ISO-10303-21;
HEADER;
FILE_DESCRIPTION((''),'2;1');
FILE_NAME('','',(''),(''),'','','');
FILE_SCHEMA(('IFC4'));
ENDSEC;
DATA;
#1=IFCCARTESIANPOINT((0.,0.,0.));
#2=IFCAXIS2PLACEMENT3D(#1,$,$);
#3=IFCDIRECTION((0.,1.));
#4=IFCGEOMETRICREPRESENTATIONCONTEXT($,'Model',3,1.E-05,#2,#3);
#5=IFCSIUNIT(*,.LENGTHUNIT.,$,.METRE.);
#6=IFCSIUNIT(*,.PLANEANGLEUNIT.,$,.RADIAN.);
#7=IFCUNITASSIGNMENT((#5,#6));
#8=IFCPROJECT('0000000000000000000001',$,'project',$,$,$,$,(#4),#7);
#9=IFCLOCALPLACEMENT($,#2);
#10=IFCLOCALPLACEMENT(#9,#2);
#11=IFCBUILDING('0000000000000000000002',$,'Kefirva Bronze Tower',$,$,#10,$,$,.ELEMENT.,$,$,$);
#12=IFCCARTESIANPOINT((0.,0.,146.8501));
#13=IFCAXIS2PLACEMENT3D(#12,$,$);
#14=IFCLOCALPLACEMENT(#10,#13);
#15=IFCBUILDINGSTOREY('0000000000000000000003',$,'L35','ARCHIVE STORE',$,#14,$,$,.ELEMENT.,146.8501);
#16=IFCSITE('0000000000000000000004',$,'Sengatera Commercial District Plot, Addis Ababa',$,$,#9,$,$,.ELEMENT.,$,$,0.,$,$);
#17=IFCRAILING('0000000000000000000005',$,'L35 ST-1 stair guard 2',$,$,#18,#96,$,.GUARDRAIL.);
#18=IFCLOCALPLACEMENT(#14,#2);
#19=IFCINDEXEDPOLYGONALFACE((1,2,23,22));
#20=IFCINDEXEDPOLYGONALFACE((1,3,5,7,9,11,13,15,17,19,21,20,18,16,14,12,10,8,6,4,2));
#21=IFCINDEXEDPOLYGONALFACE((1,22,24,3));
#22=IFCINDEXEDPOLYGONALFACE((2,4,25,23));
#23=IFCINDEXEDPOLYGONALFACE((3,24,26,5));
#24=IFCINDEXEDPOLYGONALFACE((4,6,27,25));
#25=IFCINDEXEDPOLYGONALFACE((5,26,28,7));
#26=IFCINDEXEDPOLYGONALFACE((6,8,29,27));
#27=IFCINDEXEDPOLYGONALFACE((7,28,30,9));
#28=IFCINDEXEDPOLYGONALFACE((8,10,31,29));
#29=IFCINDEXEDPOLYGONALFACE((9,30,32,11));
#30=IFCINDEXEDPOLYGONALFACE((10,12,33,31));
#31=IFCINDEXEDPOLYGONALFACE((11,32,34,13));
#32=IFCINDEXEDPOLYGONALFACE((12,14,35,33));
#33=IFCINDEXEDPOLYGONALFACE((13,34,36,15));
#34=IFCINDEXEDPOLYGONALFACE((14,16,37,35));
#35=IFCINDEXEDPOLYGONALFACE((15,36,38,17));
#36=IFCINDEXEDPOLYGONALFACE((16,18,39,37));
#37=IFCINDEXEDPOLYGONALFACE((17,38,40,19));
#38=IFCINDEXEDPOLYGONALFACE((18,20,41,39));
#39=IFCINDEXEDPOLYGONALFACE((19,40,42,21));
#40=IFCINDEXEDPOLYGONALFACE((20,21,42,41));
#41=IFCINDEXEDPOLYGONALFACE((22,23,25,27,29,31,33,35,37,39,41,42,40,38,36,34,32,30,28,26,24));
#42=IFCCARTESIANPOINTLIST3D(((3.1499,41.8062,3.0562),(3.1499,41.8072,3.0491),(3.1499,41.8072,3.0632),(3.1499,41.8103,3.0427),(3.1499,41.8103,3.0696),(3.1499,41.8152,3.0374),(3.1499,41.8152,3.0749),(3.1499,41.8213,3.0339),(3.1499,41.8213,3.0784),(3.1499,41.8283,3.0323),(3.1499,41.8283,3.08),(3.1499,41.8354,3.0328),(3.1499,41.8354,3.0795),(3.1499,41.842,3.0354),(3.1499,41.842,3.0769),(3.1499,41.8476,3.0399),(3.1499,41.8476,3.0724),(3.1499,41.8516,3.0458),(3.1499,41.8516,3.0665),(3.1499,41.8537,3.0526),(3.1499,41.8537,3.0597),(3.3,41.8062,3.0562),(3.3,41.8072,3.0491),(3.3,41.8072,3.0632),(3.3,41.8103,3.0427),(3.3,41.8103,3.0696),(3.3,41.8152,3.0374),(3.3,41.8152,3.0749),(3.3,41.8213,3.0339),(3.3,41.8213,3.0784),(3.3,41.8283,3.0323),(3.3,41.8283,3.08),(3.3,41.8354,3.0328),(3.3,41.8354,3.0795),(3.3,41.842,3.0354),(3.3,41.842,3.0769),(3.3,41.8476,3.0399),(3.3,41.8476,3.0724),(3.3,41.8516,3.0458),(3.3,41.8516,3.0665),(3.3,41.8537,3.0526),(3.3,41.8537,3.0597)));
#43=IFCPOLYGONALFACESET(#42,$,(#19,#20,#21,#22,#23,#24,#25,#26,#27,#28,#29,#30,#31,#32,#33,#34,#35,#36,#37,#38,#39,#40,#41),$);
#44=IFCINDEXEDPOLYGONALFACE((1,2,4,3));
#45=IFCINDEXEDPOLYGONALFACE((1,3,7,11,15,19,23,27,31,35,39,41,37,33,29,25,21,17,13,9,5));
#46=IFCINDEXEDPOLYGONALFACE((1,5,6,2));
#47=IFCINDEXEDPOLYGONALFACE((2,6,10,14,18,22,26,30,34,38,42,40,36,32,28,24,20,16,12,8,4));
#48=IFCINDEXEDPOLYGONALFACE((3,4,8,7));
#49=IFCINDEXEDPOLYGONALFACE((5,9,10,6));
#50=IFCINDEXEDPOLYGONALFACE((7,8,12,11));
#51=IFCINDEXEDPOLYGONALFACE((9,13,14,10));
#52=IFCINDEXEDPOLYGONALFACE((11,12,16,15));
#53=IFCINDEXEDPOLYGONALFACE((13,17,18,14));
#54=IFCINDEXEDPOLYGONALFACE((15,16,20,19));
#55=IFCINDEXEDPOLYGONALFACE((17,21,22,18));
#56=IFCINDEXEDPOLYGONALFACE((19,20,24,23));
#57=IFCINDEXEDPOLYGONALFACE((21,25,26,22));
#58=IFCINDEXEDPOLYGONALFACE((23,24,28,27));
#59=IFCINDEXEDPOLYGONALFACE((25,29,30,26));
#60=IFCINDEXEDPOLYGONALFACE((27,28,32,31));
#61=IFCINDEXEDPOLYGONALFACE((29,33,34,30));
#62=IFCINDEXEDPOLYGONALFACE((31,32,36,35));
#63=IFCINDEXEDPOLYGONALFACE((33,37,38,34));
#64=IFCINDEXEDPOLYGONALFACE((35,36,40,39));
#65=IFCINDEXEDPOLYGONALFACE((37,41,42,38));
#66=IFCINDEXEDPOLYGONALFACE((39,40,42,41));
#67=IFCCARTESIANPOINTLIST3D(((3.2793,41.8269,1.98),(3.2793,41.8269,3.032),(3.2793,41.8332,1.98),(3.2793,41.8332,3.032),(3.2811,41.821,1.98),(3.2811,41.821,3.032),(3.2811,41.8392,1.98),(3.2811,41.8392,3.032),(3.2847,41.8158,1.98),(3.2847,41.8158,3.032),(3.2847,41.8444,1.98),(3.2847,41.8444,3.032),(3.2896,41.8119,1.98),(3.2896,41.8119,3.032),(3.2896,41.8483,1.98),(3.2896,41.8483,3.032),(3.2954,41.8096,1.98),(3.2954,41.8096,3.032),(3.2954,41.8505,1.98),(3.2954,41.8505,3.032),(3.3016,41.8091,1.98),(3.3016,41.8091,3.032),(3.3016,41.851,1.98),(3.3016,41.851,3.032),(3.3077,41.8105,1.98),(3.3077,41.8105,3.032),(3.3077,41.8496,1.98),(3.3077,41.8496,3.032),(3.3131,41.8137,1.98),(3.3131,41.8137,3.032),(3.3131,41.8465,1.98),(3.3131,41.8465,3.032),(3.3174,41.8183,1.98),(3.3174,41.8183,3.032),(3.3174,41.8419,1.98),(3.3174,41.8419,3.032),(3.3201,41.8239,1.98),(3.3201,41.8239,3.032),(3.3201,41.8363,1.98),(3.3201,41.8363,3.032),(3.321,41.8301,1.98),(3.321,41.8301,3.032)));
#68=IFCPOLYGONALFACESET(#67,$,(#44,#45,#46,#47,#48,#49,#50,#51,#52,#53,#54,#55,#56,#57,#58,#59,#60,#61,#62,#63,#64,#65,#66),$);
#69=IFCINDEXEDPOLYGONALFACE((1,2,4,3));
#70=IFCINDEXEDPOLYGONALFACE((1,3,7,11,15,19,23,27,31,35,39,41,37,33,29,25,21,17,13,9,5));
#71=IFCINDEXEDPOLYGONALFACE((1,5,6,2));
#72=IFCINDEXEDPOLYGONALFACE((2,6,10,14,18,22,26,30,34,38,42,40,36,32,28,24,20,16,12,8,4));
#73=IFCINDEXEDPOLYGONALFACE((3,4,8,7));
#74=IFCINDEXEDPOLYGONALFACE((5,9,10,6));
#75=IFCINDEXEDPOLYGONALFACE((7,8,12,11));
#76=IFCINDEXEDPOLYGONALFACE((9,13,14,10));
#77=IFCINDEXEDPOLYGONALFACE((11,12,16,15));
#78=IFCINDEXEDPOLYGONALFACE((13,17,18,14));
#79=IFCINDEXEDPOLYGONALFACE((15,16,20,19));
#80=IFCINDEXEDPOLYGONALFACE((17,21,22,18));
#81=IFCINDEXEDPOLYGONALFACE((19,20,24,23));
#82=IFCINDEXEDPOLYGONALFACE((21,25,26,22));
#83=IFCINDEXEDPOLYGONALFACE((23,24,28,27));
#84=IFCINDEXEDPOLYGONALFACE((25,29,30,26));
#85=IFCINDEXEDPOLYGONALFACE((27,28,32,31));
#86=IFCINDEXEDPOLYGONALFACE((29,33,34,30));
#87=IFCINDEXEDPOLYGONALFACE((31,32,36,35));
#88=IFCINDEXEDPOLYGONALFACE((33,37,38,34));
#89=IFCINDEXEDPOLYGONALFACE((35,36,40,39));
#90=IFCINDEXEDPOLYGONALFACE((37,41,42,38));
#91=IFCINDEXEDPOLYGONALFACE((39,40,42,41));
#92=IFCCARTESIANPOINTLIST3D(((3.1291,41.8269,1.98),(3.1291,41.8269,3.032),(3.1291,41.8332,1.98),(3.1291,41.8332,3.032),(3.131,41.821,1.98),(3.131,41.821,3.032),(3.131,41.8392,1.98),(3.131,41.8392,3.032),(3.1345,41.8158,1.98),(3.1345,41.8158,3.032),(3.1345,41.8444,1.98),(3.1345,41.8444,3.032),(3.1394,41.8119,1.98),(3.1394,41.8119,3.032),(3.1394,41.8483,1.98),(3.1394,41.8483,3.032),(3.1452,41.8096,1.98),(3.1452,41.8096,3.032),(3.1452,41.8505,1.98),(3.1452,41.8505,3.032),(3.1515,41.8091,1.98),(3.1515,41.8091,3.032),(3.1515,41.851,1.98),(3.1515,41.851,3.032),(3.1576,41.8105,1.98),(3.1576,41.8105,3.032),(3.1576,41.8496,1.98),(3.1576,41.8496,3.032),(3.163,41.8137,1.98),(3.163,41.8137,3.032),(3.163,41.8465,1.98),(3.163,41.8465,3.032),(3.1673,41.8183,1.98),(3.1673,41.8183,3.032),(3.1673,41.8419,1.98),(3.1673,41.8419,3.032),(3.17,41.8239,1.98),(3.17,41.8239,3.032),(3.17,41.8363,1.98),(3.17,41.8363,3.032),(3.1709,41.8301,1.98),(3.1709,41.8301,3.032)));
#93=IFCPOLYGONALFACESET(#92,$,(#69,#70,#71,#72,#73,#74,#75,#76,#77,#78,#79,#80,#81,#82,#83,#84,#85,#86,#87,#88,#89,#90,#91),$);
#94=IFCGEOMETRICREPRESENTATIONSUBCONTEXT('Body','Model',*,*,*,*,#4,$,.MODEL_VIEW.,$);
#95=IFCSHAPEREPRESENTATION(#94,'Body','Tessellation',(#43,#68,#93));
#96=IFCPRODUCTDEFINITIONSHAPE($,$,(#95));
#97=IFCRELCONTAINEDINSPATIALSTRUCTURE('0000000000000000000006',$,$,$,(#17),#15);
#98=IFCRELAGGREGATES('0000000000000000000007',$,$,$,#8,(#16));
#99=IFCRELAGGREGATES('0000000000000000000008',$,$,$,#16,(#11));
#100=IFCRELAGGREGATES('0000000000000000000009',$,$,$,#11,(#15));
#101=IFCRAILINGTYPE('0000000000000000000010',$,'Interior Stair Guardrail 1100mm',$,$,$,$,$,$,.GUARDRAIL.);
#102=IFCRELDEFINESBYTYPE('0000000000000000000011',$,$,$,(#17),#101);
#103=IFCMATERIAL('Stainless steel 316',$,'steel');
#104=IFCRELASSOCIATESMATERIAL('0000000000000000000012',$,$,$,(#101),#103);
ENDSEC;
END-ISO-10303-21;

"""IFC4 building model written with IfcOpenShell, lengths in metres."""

from ifc_helpers import new_model, si_unit, direction, frame, origin, origin_2d, place, context, subcontext, project, spatial, circle, extrude, material, type_object, element, save


model = new_model("IFC4")

# Units and contexts
model_context = context("Model", 3, precision=1e-05, world=origin(), true_north=direction((0.0, 1.0)))
body_context = subcontext(model_context, "Body", "Model", "MODEL_VIEW")
ifc_project = project(units=[si_unit("LENGTHUNIT", "METRE"), si_unit("PLANEANGLEUNIT", "RADIAN")], contexts=[model_context])

# Site, building, storey
site_placement = place(None, origin())
site = spatial("IfcSite", under=ifc_project, at=site_placement, Name="Sengatera Commercial District Plot, Addis Ababa", CompositionType="ELEMENT", RefElevation=0.0)
building_placement = place(site_placement, origin())
building = spatial("IfcBuilding", under=site, at=building_placement, Name="Kefirva Bronze Tower", CompositionType="ELEMENT")
storey_placement = place(building_placement, frame((0.0, 0.0, 146.8501)))
storey = spatial("IfcBuildingStorey", under=building, at=storey_placement, Name="L35", Description="ARCHIVE STORE", CompositionType="ELEMENT", Elevation=146.8501)

# Railing
ifc_material_1 = material(Name="Stainless steel 316", Category="steel")
railing_type_1 = type_object("IfcRailingType", Name="Interior Stair Guardrail 1100mm", PredefinedType="GUARDRAIL", material=ifc_material_1)
railing_1_placement = place(storey_placement, frame((3.3, 41.8301, 1.98)))
element("IfcRailing", 1, at=railing_1_placement, inside=storey, type_object=railing_type_1, Name="L35 ST-1 stair guard 2", PredefinedType="GUARDRAIL", context=body_context, shape_type="SweptSolid", body=[
    extrude(circle(Radius=0.0239, at=origin_2d()), frame((0.0, 0.0, 1.0762), z_axis=(-1.0, 0.0, 0.0), x_axis=(0.0, -1.0, 0.0)), (0.0, 0.0, 1.0), 0.1501),
    extrude(circle(Radius=0.021, at=origin_2d()), origin(), (0.0, 0.0, 1.0), 1.052),
    extrude(circle(Radius=0.021, at=origin_2d()), frame((-0.1501, 0.0, 0.0)), (0.0, 0.0, 1.0), 1.052),
])

save(model, "model.ifc")
